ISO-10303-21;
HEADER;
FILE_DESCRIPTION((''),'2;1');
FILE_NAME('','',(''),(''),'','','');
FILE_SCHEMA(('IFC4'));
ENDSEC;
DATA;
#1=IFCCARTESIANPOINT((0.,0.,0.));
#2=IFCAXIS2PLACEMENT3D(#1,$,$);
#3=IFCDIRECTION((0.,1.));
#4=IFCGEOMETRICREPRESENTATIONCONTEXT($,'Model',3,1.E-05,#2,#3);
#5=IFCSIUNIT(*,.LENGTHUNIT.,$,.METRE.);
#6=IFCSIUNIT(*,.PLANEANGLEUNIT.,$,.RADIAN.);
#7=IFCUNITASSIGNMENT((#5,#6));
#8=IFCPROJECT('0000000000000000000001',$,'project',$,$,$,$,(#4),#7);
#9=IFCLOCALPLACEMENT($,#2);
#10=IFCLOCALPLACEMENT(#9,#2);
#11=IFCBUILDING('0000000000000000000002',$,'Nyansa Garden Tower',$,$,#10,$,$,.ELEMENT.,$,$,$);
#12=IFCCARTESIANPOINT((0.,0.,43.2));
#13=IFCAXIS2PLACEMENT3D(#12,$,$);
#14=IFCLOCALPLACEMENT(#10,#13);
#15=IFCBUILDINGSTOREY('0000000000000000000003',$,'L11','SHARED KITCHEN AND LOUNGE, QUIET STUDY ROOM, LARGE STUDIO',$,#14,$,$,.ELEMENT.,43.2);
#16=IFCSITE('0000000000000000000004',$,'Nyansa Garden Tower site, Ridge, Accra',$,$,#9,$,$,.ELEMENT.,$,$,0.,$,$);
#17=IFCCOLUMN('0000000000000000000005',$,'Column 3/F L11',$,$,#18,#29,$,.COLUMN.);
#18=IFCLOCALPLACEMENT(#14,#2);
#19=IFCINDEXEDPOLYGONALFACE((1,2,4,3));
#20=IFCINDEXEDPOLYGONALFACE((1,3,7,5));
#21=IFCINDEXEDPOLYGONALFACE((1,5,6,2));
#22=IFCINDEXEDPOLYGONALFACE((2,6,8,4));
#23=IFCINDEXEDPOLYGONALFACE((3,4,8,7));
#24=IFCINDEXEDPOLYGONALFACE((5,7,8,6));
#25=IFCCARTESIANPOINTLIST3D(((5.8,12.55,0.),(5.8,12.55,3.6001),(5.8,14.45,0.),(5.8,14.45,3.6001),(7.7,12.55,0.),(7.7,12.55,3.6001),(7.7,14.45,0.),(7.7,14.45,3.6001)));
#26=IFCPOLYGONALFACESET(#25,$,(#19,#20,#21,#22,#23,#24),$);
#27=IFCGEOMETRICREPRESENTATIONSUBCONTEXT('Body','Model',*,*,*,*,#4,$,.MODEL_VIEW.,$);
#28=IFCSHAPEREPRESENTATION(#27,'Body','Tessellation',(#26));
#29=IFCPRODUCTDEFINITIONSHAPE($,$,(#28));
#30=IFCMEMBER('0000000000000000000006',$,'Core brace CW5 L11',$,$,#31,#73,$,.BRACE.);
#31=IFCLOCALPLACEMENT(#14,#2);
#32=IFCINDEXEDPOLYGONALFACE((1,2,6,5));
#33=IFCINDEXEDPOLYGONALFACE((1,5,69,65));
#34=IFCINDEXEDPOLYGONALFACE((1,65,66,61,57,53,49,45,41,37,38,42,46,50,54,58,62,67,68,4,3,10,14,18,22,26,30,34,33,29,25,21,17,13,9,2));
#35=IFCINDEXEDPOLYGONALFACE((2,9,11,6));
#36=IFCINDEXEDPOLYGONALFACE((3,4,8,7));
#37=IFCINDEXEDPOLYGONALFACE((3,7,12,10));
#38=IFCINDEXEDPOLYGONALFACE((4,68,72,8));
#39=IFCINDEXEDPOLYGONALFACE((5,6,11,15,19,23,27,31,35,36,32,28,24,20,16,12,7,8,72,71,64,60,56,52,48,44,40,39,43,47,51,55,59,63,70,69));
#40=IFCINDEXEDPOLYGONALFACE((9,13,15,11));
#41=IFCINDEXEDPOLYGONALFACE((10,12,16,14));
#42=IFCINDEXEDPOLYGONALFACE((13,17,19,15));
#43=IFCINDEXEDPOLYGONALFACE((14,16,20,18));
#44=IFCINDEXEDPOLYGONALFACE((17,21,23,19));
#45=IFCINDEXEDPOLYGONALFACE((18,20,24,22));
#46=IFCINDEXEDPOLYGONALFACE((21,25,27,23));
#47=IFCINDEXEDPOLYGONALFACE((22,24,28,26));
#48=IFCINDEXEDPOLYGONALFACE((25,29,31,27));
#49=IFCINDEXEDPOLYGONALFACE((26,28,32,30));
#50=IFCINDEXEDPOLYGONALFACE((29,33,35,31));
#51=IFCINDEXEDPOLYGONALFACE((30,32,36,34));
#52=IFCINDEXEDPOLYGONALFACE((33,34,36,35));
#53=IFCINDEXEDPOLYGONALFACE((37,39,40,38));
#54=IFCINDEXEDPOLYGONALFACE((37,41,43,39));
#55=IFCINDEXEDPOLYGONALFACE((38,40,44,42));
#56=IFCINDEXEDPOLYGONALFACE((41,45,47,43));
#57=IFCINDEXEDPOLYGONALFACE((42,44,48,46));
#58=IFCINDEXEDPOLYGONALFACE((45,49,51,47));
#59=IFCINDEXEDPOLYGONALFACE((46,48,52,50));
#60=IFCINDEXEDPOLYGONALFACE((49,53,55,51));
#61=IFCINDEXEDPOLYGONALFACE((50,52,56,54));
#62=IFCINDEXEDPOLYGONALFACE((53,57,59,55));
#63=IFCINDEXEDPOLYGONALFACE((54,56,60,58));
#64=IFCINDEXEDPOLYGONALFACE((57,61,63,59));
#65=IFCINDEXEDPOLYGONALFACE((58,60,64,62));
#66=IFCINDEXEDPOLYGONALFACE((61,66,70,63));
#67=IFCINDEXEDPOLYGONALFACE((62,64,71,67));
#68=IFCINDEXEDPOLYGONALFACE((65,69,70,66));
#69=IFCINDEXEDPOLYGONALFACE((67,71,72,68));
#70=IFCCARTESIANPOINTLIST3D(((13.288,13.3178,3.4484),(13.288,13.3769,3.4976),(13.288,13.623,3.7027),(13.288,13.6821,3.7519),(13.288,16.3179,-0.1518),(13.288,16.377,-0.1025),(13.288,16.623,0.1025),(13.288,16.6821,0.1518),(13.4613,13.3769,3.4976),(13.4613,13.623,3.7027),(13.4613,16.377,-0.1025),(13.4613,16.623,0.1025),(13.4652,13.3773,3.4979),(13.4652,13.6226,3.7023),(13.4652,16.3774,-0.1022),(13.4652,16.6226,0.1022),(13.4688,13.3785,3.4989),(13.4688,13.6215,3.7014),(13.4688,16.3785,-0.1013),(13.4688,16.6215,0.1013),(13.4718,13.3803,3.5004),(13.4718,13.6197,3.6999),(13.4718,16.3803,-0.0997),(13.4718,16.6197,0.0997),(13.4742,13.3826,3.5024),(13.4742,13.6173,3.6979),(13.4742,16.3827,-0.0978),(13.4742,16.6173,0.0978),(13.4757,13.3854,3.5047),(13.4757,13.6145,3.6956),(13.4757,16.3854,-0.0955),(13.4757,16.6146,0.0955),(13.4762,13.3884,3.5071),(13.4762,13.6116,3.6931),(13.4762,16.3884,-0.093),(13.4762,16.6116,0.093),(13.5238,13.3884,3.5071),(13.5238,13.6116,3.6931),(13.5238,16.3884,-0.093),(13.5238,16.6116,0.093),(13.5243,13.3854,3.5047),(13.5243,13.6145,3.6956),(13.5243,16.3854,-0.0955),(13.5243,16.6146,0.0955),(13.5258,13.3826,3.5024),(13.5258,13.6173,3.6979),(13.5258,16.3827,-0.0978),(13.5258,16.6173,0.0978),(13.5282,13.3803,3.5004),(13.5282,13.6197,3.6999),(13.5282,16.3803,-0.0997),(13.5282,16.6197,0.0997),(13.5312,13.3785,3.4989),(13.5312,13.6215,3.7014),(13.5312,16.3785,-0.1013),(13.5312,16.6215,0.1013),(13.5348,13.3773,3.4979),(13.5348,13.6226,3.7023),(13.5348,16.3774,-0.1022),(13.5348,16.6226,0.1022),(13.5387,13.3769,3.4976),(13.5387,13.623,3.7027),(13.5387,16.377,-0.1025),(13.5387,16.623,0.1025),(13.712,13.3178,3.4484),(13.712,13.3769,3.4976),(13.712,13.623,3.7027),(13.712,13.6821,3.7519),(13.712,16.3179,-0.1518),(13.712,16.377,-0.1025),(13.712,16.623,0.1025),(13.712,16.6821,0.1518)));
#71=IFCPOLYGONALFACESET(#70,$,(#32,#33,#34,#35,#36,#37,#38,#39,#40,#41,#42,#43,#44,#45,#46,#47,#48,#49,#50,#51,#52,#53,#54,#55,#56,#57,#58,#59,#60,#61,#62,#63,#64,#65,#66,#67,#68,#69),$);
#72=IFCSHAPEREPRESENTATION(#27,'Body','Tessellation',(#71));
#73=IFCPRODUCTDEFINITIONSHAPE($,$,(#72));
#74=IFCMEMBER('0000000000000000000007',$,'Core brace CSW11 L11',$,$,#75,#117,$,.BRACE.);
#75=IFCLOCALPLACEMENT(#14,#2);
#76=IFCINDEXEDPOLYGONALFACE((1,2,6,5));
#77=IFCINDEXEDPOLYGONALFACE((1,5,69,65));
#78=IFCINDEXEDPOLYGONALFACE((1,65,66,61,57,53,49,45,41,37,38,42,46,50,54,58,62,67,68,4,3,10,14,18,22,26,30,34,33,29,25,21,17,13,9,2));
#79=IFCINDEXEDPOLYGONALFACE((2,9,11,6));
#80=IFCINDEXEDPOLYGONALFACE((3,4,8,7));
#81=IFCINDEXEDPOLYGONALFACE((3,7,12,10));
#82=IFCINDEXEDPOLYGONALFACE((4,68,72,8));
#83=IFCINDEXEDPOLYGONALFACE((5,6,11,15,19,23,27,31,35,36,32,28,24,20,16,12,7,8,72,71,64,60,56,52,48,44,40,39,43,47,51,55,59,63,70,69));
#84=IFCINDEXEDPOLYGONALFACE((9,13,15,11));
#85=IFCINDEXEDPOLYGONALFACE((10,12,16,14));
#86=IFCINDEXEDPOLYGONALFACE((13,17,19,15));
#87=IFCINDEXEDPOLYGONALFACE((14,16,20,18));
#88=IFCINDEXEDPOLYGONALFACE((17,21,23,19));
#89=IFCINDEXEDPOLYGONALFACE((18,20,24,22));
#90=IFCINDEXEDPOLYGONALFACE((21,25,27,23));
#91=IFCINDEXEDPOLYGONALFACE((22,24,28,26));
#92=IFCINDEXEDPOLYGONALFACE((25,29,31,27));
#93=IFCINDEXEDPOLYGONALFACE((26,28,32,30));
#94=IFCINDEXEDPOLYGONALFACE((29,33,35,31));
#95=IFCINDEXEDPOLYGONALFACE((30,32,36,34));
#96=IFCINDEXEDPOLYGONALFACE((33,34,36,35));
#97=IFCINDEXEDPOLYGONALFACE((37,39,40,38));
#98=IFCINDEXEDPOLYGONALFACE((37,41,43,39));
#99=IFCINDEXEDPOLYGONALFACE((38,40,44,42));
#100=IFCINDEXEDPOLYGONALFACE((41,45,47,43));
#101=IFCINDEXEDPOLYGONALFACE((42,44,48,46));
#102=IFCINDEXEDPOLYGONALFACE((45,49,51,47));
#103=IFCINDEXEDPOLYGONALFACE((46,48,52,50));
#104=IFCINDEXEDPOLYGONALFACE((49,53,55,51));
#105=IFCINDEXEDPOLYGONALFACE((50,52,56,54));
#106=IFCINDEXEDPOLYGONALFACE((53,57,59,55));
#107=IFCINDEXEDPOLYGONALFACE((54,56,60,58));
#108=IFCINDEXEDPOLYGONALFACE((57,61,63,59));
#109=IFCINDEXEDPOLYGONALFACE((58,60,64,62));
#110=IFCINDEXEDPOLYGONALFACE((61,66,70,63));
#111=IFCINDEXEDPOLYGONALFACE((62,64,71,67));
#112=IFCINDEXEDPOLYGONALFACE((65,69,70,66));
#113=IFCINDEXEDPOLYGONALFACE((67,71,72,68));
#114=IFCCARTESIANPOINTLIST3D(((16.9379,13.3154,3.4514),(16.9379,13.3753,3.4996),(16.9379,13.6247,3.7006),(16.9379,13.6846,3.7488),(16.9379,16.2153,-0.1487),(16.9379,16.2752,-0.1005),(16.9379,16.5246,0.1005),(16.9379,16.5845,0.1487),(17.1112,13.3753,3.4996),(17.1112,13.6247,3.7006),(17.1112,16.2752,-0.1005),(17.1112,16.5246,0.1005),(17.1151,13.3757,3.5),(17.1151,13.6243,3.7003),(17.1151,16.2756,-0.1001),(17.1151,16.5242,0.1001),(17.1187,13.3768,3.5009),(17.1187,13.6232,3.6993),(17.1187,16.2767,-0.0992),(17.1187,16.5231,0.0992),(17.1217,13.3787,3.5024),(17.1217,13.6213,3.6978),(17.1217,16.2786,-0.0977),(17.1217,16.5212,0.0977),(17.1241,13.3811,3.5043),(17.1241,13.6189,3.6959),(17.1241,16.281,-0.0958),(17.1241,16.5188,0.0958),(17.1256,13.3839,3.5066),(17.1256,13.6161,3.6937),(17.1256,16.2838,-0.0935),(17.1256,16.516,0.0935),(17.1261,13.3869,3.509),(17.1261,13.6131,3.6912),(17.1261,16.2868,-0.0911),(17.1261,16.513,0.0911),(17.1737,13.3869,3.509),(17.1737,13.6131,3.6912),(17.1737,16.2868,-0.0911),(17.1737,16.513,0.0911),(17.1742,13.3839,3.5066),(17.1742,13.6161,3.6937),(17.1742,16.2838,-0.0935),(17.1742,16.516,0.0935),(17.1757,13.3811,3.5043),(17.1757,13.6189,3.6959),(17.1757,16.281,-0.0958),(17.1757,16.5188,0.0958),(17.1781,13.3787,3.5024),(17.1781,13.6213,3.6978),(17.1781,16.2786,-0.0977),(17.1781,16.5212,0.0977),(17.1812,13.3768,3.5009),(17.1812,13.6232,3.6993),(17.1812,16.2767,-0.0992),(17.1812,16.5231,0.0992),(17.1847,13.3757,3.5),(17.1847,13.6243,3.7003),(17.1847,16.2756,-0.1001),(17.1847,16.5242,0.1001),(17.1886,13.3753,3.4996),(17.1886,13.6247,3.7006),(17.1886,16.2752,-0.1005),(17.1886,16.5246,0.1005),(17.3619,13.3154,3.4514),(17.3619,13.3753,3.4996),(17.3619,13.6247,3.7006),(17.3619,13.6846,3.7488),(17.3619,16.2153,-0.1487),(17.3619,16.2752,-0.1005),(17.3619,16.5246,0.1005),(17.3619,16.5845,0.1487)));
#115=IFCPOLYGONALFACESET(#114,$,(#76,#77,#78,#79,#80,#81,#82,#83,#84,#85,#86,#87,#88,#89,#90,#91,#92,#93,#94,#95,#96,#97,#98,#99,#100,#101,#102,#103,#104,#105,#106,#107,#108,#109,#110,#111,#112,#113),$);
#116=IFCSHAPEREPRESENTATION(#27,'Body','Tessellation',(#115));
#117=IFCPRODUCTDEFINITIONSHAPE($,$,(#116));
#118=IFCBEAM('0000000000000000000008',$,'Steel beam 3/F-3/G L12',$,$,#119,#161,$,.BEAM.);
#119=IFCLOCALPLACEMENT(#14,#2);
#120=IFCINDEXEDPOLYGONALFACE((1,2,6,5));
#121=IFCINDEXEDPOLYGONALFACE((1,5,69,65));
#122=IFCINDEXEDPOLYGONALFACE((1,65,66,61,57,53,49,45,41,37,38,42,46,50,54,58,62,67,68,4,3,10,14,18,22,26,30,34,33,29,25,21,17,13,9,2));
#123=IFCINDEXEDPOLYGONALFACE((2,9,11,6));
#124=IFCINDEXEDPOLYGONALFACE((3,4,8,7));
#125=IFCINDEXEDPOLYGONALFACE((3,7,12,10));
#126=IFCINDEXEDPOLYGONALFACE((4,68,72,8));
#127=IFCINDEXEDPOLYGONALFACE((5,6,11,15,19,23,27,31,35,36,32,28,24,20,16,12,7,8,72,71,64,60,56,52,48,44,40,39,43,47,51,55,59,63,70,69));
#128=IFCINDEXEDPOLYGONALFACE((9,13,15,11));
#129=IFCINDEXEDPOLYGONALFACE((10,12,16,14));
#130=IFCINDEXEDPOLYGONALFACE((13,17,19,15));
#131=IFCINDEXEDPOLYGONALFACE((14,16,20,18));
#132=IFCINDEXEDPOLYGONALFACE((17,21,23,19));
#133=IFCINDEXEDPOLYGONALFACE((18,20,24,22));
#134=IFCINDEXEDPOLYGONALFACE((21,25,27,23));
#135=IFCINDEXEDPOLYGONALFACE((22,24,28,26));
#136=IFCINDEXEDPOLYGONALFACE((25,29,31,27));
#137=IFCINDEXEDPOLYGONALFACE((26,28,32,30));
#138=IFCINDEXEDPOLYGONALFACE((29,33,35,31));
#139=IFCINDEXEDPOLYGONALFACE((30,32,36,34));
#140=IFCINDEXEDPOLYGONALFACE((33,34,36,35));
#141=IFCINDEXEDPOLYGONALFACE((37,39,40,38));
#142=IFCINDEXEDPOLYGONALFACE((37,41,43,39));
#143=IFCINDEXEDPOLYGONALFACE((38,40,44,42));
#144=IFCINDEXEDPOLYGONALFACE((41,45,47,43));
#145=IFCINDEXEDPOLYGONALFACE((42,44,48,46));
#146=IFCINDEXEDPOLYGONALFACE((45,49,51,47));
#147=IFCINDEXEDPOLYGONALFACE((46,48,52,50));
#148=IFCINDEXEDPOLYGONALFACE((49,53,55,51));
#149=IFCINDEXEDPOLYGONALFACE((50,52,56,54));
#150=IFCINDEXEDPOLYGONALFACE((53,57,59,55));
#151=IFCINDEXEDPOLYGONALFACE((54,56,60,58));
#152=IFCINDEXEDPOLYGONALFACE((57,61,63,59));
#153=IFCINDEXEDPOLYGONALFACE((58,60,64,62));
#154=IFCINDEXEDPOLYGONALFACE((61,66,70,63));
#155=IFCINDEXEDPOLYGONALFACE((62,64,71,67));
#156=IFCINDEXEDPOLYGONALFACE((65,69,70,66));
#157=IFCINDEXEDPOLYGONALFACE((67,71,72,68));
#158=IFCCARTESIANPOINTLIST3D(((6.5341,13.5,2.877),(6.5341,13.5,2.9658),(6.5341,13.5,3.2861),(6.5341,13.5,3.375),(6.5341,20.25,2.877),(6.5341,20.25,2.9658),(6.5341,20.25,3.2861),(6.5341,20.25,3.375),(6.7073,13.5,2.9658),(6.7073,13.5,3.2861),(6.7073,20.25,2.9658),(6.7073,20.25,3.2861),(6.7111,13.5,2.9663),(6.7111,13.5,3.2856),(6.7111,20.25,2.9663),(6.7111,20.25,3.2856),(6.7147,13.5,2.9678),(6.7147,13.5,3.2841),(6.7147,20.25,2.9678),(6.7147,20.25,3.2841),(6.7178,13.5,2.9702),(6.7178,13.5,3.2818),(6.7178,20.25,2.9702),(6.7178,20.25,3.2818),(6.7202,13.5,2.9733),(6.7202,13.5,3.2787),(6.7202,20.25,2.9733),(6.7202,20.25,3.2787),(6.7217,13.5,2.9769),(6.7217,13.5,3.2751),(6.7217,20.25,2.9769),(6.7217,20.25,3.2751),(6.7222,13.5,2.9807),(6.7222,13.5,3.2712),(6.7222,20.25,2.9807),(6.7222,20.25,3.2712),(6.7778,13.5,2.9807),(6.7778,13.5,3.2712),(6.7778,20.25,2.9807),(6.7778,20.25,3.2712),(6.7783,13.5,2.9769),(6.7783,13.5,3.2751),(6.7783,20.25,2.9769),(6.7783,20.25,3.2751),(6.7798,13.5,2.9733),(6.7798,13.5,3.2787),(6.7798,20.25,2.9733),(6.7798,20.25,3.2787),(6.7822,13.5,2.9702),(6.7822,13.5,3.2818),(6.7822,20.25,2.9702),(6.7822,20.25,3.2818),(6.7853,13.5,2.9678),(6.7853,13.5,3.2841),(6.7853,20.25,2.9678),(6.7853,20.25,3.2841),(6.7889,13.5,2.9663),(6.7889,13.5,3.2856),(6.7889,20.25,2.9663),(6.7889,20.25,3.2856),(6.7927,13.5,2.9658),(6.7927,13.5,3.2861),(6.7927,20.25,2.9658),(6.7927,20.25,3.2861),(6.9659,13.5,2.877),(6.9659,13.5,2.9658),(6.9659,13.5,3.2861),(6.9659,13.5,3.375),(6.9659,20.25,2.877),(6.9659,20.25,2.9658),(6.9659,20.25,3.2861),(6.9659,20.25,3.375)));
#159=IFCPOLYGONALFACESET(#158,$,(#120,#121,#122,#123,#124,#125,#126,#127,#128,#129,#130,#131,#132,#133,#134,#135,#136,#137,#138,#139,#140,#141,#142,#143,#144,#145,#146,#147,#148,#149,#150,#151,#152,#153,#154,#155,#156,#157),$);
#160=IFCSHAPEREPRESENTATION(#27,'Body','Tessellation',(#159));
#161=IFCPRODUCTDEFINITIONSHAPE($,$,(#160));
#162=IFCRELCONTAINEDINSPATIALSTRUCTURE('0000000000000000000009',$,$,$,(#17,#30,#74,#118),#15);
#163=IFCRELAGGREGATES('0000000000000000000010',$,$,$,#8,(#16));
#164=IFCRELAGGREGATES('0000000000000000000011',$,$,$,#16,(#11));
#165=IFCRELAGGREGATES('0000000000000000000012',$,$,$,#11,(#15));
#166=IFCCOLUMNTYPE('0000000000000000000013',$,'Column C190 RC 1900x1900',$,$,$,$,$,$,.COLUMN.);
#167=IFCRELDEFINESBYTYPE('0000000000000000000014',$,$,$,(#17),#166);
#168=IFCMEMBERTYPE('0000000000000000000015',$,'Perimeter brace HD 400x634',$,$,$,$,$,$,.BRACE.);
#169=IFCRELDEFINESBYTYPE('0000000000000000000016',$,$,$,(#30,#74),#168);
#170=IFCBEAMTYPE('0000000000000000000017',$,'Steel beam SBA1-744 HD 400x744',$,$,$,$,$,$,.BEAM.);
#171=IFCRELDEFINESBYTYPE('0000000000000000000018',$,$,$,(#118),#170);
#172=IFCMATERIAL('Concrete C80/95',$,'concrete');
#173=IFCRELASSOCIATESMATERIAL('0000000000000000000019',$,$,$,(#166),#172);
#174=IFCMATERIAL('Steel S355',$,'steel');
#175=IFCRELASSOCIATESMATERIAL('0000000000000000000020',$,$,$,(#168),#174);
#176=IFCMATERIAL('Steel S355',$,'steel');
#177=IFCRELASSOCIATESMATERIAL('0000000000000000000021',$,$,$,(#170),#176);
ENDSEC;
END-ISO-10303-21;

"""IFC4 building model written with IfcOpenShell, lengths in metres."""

from ifc_helpers import new_model, si_unit, direction, frame, origin, origin_2d, place, context, subcontext, project, spatial, rectangle, i_section, extrude, material, material_profile, profile_set, type_object, element, save


model = new_model("IFC4")

# Units and contexts
model_context = context("Model", 3, precision=1e-05, world=origin(), true_north=direction((0.0, 1.0)))
body_context = subcontext(model_context, "Body", "Model", "MODEL_VIEW")
ifc_project = project(units=[si_unit("LENGTHUNIT", "METRE"), si_unit("PLANEANGLEUNIT", "RADIAN")], contexts=[model_context])

# Site, building, storey
site_placement = place(None, origin())
site = spatial("IfcSite", under=ifc_project, at=site_placement, Name="Nyansa Garden Tower site, Ridge, Accra", CompositionType="ELEMENT", RefElevation=0.0)
building_placement = place(site_placement, origin())
building = spatial("IfcBuilding", under=site, at=building_placement, Name="Nyansa Garden Tower", CompositionType="ELEMENT")
storey_placement = place(building_placement, frame((0.0, 0.0, 43.2)))
storey = spatial("IfcBuildingStorey", under=building, at=storey_placement, Name="L11", Description="SHARED KITCHEN AND LOUNGE, QUIET STUDY ROOM, LARGE STUDIO", CompositionType="ELEMENT", Elevation=43.2)

# Column
ifc_material_1 = material(Name="Concrete C80/95", Category="concrete")
ifc_material_profile_1 = material_profile(ifc_material_1, rectangle(XDim=1.8999, YDim=1.8999, at=origin_2d()), Name="RC 1900x1900")
ifc_profile_set_1 = profile_set([ifc_material_profile_1], Name="Concrete C80/95")
column_type = type_object("IfcColumnType", Name="Column C190 RC 1900x1900", PredefinedType="COLUMN", material=ifc_profile_set_1)
column_placement = place(storey_placement, frame((6.75, 13.5, 0.0), z_axis=(0.0, 0.0, 1.0), x_axis=(1.0, 0.0, 0.0)))
element("IfcColumn", 1, at=column_placement, inside=storey, type_object=column_type, Name="Column 3/F L11", PredefinedType="COLUMN", context=body_context, shape_type="SweptSolid", body=[
    extrude(rectangle(XDim=1.8999, YDim=1.8999, at=origin_2d()), origin(), (0.0, 0.0, 1.0), 3.6001),
])

# Members
ifc_material_2 = material(Name="Steel S355", Category="steel")
ifc_material_profile_2 = material_profile(ifc_material_2, i_section(OverallWidth=0.4241, OverallDepth=0.4741, WebThickness=0.0476, FlangeThickness=0.0769, FilletRadius=0.0149, at=origin_2d()), Name="HD 400x634")
ifc_profile_set_2 = profile_set([ifc_material_profile_2], Name="Steel S355")
member_type = type_object("IfcMemberType", Name="Perimeter brace HD 400x634", PredefinedType="BRACE", material=ifc_profile_set_2)
member_1_placement = place(storey_placement, frame((13.5, 16.5, 0.0), z_axis=(0.0, -0.640174, 0.76823), x_axis=(1.0, 0.0, 0.0)))
element("IfcMember", 2, at=member_1_placement, inside=storey, type_object=member_type, Name="Core brace CW5 L11", PredefinedType="BRACE", context=body_context, shape_type="SweptSolid", body=[
    extrude(i_section(OverallWidth=0.4241, OverallDepth=0.4741, WebThickness=0.0476, FlangeThickness=0.0769, FilletRadius=0.0149, at=origin_2d()), origin(), (0.0, 0.0, 1.0), 4.6863),
])
member_2_placement = place(storey_placement, frame((17.1499, 16.3999, 0.0), z_axis=(0.0, -0.627306, 0.778773), x_axis=(1.0, 0.0, 0.0)))
element("IfcMember", 3, at=member_2_placement, inside=storey, type_object=member_type, Name="Core brace CSW11 L11", PredefinedType="BRACE", context=body_context, shape_type="SweptSolid", body=[
    extrude(i_section(OverallWidth=0.4241, OverallDepth=0.4741, WebThickness=0.0476, FlangeThickness=0.0769, FilletRadius=0.0149, at=origin_2d()), origin(), (0.0, 0.0, 1.0), 4.6228),
])

# Beam
ifc_material_3 = material(Name="Steel S355", Category="steel")
ifc_material_profile_3 = material_profile(ifc_material_3, i_section(OverallWidth=0.4319, OverallDepth=0.498, WebThickness=0.0557, FlangeThickness=0.0889, FilletRadius=0.0149, at=origin_2d()), Name="HD 400x744")
ifc_profile_set_3 = profile_set([ifc_material_profile_3], Name="Steel S355")
beam_type_1 = type_object("IfcBeamType", Name="Steel beam SBA1-744 HD 400x744", PredefinedType="BEAM", material=ifc_profile_set_3)
beam_1_placement = place(storey_placement, frame((6.75, 13.5, 3.126), z_axis=(0.0, 1.0, 0.0), x_axis=(-1.0, 0.0, 0.0)))
element("IfcBeam", 4, at=beam_1_placement, inside=storey, type_object=beam_type_1, Name="Steel beam 3/F-3/G L12", PredefinedType="BEAM", context=body_context, shape_type="SweptSolid", body=[
    extrude(i_section(OverallWidth=0.4319, OverallDepth=0.498, WebThickness=0.0557, FlangeThickness=0.0889, FilletRadius=0.0149, at=origin_2d()), origin(), (0.0, 0.0, 1.0), 6.75),
])

save(model, "model.ifc")
